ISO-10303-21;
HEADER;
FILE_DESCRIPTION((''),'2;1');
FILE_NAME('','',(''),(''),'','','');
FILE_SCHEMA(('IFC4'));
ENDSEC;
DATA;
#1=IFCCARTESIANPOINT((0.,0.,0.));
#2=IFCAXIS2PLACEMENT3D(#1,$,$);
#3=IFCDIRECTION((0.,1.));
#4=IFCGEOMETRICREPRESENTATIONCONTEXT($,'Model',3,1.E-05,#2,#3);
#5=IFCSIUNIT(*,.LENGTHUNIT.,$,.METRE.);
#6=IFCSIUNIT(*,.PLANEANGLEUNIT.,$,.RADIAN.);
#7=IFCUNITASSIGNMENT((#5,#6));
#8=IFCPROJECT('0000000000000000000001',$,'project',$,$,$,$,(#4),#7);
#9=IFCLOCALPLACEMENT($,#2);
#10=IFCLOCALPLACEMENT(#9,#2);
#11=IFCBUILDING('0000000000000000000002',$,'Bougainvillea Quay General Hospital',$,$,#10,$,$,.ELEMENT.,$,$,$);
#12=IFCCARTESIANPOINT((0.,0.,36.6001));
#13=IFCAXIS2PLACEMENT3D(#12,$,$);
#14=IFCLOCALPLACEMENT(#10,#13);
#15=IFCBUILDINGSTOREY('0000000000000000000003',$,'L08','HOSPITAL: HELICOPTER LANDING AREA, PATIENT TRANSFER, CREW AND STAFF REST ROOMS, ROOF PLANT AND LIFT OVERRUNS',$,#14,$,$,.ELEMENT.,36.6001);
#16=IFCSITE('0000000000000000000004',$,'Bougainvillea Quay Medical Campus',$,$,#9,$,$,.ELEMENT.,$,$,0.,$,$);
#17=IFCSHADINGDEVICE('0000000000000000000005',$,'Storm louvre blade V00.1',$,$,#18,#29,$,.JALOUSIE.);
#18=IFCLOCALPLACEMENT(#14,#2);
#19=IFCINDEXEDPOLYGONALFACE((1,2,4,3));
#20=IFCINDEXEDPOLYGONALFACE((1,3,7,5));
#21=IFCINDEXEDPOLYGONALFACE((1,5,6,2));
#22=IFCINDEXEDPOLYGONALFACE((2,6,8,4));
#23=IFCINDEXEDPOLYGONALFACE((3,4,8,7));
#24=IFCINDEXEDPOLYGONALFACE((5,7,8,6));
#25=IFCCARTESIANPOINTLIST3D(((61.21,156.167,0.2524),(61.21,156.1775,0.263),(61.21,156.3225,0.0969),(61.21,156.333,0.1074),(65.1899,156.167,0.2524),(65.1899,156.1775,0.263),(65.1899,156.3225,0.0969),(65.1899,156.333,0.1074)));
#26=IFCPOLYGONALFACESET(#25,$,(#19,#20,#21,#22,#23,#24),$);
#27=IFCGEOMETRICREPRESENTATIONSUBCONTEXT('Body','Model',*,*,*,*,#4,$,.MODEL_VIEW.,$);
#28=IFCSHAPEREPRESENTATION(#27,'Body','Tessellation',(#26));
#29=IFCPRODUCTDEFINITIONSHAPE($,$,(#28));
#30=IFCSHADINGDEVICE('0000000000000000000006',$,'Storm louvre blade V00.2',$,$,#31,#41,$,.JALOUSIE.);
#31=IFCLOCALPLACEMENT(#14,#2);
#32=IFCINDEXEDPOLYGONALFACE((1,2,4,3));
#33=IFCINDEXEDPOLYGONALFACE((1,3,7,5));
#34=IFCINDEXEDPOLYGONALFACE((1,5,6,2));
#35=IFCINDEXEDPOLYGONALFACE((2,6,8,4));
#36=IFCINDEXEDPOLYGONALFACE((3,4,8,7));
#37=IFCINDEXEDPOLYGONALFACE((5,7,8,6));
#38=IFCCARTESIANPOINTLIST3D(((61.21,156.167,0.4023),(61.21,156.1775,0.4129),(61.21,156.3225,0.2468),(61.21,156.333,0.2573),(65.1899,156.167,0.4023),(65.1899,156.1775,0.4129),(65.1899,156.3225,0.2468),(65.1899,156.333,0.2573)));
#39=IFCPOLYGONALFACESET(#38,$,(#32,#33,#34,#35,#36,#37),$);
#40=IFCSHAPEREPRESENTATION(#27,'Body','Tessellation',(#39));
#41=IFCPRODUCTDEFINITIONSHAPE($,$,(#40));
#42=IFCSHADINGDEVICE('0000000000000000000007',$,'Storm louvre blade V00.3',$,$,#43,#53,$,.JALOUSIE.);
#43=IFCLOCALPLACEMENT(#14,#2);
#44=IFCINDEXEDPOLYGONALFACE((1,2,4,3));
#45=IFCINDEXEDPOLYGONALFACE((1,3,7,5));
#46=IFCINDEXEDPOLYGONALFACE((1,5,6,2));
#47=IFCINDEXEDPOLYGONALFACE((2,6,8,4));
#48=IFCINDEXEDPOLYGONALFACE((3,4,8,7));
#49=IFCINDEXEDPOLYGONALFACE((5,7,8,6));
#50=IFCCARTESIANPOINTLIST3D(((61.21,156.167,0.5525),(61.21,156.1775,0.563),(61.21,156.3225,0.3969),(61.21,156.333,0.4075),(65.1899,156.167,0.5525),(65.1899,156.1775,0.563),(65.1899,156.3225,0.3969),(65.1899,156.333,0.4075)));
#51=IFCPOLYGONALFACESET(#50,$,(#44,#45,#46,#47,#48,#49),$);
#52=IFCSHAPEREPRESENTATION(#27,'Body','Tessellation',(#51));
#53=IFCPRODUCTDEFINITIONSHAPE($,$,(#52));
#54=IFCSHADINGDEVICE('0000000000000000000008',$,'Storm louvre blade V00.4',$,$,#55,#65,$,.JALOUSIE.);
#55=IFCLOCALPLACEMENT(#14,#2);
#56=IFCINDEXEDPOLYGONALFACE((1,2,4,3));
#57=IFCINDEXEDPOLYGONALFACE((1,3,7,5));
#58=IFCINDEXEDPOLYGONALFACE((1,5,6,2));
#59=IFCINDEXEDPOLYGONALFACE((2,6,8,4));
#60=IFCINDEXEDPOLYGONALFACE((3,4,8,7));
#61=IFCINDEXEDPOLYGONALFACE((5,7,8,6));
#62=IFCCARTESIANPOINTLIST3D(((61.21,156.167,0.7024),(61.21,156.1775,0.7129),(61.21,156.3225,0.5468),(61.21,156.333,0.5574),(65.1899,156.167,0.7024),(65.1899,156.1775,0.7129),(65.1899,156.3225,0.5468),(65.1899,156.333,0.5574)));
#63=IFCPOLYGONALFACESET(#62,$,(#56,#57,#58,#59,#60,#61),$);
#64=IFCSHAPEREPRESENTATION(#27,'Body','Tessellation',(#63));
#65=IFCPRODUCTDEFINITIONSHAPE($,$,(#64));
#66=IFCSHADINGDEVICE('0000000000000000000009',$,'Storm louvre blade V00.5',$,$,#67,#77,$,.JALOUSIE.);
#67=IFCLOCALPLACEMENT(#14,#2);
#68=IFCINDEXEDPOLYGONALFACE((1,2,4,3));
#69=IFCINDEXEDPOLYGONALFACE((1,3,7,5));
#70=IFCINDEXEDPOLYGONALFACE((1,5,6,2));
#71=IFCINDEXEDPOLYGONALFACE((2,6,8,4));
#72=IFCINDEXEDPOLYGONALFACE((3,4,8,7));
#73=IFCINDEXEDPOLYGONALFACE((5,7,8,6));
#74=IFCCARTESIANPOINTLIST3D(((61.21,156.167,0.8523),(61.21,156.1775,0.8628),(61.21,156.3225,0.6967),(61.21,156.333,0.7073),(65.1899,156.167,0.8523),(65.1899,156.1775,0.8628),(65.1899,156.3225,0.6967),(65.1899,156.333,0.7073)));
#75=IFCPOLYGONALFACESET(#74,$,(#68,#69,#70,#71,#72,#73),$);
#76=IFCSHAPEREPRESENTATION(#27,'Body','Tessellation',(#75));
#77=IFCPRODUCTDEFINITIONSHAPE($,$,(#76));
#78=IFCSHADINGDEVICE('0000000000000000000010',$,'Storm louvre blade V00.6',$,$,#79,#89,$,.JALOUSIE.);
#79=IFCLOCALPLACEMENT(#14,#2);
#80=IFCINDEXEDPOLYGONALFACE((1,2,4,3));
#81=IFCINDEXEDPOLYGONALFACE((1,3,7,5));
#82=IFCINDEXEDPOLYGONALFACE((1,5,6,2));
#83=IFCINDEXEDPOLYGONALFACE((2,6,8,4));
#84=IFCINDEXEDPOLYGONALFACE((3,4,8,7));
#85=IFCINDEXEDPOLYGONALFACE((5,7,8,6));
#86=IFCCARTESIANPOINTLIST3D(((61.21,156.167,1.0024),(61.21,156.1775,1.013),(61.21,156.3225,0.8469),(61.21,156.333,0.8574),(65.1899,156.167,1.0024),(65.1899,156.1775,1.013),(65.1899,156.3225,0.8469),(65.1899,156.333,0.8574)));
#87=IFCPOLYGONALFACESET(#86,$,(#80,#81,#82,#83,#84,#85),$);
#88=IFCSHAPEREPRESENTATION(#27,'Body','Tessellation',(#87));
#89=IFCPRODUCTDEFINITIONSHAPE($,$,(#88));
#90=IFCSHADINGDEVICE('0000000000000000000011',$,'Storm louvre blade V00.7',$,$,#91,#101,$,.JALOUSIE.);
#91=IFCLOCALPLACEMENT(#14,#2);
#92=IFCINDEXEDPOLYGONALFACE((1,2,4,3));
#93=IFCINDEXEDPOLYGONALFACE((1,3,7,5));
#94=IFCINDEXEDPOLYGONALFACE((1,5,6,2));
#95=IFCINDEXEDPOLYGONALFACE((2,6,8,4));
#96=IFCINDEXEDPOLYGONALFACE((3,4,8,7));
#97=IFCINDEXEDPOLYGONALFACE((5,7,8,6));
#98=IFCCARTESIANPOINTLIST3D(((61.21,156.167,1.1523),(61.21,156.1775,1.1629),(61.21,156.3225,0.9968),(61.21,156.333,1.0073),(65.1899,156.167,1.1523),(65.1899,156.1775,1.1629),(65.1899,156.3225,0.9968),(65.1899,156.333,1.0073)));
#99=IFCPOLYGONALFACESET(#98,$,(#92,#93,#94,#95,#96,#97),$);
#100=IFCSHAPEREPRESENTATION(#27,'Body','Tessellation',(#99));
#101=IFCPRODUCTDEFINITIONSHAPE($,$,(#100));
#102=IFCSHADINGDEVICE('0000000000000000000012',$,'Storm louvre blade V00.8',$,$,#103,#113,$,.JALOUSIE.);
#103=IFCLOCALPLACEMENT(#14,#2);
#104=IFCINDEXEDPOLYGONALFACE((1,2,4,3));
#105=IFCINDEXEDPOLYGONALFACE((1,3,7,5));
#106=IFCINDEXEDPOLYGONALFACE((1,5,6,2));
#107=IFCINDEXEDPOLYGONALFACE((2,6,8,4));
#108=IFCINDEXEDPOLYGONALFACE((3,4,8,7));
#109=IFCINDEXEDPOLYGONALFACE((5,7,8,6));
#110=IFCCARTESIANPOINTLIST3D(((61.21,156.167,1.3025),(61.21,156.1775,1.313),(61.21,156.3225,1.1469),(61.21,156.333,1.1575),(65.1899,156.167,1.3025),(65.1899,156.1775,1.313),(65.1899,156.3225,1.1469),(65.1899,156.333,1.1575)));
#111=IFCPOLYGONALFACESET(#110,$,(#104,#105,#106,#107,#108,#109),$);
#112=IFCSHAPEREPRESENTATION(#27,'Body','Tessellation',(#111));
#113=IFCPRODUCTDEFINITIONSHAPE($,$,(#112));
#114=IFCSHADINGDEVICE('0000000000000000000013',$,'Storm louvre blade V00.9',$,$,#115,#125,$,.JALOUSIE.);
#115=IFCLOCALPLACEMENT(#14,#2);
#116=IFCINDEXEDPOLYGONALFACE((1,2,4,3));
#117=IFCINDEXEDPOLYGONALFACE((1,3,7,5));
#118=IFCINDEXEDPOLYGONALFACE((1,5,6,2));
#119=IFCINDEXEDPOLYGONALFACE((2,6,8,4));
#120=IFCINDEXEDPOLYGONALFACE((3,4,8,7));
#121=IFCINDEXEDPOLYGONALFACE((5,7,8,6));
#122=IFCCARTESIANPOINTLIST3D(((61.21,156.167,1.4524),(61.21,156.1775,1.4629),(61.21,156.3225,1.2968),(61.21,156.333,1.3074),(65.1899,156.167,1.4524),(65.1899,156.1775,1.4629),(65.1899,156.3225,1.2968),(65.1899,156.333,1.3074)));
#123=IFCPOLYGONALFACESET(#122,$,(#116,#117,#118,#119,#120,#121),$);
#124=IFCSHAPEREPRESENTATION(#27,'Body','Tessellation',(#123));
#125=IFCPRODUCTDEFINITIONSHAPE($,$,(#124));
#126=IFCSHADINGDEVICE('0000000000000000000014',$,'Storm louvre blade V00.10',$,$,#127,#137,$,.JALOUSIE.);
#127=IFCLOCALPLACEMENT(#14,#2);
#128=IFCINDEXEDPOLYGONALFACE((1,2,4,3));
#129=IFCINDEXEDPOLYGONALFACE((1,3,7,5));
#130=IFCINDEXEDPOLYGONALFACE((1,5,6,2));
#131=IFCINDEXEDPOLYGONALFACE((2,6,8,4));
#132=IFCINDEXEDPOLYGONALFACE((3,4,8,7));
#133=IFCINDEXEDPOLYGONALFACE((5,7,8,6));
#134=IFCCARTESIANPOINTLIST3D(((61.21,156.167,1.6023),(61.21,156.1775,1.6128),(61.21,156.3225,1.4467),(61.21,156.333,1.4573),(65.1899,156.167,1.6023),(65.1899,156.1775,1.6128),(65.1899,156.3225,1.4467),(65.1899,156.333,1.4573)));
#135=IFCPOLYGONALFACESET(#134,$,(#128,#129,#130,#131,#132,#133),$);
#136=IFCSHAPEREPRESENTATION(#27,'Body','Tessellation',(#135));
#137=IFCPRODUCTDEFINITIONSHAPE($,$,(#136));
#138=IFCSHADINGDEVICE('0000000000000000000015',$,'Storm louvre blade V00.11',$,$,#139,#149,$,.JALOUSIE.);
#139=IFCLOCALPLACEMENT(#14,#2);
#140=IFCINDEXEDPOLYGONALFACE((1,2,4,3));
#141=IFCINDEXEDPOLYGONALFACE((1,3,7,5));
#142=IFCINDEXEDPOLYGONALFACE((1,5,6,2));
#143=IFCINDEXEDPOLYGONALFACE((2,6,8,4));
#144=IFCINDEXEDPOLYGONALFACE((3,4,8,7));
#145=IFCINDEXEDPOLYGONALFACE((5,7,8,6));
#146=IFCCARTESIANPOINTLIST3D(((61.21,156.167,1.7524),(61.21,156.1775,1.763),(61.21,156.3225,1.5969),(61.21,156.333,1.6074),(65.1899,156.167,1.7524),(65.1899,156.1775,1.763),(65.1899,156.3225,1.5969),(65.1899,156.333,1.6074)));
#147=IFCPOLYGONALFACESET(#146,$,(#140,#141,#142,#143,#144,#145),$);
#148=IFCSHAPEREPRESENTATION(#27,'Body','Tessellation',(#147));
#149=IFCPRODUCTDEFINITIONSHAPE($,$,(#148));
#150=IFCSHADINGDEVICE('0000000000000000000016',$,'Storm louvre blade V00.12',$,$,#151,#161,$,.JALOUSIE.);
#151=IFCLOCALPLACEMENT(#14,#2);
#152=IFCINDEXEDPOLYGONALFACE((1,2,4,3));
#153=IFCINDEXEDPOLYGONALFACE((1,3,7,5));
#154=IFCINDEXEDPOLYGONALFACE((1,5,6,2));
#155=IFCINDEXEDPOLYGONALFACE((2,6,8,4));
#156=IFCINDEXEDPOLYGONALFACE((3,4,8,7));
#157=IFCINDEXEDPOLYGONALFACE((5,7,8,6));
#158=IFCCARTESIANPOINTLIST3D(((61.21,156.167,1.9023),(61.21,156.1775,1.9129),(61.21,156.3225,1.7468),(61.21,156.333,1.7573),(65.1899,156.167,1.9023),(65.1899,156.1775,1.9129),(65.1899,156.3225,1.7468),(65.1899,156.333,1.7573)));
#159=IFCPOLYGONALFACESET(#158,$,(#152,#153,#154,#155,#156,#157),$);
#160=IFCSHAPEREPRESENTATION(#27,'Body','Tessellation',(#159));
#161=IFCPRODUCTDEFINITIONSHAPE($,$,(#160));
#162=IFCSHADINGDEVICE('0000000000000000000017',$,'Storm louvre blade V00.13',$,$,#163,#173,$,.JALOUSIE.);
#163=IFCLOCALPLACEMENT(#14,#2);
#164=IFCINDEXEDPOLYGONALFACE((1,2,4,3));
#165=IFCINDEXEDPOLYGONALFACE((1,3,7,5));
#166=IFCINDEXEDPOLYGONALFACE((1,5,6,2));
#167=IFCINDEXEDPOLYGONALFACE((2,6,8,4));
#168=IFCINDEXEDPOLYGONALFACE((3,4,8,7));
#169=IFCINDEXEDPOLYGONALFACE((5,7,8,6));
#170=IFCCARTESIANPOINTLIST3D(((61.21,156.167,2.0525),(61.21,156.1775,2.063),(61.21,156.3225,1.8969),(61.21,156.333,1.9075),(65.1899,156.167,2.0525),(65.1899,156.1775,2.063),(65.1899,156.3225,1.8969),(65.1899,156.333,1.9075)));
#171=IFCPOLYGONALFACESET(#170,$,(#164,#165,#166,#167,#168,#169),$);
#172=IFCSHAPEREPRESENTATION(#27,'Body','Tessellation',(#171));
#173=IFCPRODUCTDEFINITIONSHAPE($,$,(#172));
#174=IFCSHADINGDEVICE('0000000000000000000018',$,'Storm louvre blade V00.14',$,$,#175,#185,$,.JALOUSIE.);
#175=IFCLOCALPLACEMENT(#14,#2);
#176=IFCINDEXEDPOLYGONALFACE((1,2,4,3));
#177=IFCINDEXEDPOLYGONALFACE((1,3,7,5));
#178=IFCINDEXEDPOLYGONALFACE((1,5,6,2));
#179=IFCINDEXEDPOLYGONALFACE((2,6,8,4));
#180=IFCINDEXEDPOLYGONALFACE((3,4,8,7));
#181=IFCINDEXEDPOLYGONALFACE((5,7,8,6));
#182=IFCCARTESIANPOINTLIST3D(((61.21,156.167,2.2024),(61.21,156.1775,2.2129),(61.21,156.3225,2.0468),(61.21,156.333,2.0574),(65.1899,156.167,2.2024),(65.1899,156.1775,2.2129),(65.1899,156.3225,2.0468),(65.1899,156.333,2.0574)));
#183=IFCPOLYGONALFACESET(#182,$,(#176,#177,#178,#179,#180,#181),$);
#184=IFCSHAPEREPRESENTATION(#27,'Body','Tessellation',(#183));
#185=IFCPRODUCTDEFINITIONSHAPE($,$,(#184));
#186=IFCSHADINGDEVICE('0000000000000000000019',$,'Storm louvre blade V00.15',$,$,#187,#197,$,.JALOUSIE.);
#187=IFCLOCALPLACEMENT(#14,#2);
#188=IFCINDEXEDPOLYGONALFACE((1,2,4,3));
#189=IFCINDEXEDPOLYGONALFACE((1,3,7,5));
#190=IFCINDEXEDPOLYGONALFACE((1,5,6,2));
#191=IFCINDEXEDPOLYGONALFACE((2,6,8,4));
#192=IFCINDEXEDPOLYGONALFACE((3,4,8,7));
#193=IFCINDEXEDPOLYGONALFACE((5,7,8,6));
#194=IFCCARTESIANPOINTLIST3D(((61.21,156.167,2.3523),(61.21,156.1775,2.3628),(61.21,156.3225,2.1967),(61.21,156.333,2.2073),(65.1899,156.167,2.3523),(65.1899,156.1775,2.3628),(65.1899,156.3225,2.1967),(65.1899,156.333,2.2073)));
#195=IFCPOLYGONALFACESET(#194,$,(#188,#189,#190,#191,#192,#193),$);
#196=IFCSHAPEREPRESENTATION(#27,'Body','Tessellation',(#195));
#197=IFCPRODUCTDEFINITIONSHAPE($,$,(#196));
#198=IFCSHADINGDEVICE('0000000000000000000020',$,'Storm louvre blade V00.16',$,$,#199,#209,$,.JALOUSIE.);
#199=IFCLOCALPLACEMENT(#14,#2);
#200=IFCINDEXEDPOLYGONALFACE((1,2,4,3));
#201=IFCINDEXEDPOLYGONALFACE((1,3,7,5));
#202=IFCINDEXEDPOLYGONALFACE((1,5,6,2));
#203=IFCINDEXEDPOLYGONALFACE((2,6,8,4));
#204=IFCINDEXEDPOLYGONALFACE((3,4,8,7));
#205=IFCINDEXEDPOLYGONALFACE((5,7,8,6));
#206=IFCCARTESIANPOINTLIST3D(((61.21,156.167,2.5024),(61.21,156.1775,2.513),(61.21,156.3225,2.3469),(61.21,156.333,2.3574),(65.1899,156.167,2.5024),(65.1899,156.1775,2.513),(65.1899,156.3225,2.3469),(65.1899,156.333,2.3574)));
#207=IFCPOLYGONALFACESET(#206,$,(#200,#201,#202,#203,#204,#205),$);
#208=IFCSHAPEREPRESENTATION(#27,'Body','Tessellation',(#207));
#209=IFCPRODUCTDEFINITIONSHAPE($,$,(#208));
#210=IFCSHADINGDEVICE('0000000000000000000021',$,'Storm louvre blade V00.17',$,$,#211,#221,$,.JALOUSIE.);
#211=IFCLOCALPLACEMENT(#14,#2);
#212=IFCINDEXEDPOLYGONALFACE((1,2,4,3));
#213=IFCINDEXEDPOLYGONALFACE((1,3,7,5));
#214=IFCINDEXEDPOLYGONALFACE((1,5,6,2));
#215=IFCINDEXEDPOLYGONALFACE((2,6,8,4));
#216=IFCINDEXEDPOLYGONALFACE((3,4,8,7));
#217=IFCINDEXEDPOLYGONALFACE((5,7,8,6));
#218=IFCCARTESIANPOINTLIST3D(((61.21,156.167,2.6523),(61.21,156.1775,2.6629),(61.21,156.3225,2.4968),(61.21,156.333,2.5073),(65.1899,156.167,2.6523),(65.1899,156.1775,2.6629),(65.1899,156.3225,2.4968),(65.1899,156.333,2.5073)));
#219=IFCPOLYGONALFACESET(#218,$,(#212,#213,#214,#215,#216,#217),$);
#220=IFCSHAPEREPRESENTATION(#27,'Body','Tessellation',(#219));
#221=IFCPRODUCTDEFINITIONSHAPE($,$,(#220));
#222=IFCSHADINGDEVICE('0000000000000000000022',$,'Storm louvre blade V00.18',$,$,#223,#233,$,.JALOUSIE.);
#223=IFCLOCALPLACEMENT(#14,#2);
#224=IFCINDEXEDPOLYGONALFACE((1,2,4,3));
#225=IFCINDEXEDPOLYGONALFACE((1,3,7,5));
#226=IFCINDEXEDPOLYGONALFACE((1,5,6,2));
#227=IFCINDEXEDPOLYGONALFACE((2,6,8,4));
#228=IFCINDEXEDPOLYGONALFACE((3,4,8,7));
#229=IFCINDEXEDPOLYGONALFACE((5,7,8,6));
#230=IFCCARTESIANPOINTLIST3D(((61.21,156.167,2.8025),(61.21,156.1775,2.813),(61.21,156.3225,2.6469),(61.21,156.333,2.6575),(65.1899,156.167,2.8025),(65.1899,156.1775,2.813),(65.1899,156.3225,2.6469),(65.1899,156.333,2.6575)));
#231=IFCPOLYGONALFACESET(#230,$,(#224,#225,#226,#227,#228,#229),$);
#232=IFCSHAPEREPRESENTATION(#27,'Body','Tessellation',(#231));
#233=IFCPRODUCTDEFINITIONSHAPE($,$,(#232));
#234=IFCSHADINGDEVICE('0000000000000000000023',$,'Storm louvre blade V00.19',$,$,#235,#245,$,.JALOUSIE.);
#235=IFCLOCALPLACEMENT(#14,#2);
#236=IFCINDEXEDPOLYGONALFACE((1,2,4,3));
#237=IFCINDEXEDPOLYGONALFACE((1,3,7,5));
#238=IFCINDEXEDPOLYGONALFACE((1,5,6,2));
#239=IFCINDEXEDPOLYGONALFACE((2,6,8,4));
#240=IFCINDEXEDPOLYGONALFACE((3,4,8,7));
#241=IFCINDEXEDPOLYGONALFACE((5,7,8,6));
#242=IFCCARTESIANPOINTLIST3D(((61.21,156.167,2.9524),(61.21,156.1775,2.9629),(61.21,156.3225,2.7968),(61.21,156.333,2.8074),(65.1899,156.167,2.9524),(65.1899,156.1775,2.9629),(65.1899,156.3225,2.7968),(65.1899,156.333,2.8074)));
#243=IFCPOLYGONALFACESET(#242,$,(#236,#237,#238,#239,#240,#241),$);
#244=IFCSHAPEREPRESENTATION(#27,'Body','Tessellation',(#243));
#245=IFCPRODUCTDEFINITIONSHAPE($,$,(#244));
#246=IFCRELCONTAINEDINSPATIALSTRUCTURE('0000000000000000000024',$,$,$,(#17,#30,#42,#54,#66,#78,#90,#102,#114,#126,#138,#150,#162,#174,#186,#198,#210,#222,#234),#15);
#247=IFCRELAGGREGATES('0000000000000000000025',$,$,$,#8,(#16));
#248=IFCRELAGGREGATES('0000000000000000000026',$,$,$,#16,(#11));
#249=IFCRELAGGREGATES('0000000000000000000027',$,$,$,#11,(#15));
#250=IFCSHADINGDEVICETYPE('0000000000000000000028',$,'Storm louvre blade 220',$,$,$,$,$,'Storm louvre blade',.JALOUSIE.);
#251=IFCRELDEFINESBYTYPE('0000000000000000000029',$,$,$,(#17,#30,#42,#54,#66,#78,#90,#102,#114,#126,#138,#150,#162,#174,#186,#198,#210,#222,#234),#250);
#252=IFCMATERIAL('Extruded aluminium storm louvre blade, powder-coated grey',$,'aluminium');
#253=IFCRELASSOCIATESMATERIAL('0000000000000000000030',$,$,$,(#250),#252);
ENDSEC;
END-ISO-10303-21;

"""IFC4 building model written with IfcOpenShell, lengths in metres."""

from ifc_helpers import new_model, si_unit, direction, frame, origin, origin_2d, place, context, subcontext, project, spatial, rectangle, extrude, material, material_profile, profile_set, type_object, element, save


model = new_model("IFC4")

# Units and contexts
model_context = context("Model", 3, precision=1e-05, world=origin(), true_north=direction((0.0, 1.0)))
body_context = subcontext(model_context, "Body", "Model", "MODEL_VIEW")
ifc_project = project(units=[si_unit("LENGTHUNIT", "METRE"), si_unit("PLANEANGLEUNIT", "RADIAN")], contexts=[model_context])

# Site, building, storey
site_placement = place(None, origin())
site = spatial("IfcSite", under=ifc_project, at=site_placement, Name="Bougainvillea Quay Medical Campus", CompositionType="ELEMENT", RefElevation=0.0)
building_placement = place(site_placement, origin())
building = spatial("IfcBuilding", under=site, at=building_placement, Name="Bougainvillea Quay General Hospital", CompositionType="ELEMENT")
storey_placement = place(building_placement, frame((0.0, 0.0, 36.6001)))
storey = spatial("IfcBuildingStorey", under=building, at=storey_placement, Name="L08", Description="HOSPITAL: HELICOPTER LANDING AREA, PATIENT TRANSFER, CREW AND STAFF REST ROOMS, ROOF PLANT AND LIFT OVERRUNS", CompositionType="ELEMENT", Elevation=36.6001)

# Shading devices
ifc_material_1 = material(Name="Extruded aluminium storm louvre blade, powder-coated grey", Category="aluminium")
ifc_material_profile_1 = material_profile(ifc_material_1, rectangle(XDim=0.22, YDim=0.0149, at=origin_2d()))
ifc_profile_set_1 = profile_set([ifc_material_profile_1], Name="Extruded aluminium storm louvre blade, powder-coated grey")
shading_device_type_1 = type_object("IfcShadingDeviceType", Name="Storm louvre blade 220", ElementType="Storm louvre blade", PredefinedType="JALOUSIE", material=ifc_profile_set_1)
for number, where, z_axis, x_axis, name in (
    (1, (65.1899, 156.25, 0.1799), (-1.0, 0.0, 0.0), (0.0, -0.707107, 0.707107), "Storm louvre blade V00.1"),
    (2, (65.1899, 156.25, 0.3298), (-1.0, 0.0, 0.0), (0.0, -0.707107, 0.707107), "Storm louvre blade V00.2"),
    (3, (65.1899, 156.25, 0.48), (-1.0, 0.0, 0.0), (0.0, -0.707107, 0.707107), "Storm louvre blade V00.3"),
    (4, (65.1899, 156.25, 0.6299), (-1.0, 0.0, 0.0), (0.0, -0.707107, 0.707107), "Storm louvre blade V00.4"),
    (5, (65.1899, 156.25, 0.7798), (-1.0, 0.0, 0.0), (0.0, -0.707107, 0.707107), "Storm louvre blade V00.5"),
    (6, (65.1899, 156.25, 0.9299), (-1.0, 0.0, 0.0), (0.0, -0.707107, 0.707107), "Storm louvre blade V00.6"),
    (7, (65.1899, 156.25, 1.0798), (-1.0, 0.0, 0.0), (0.0, -0.707107, 0.707107), "Storm louvre blade V00.7"),
    (8, (65.1899, 156.25, 1.23), (-1.0, 0.0, 0.0), (0.0, -0.707107, 0.707107), "Storm louvre blade V00.8"),
    (9, (65.1899, 156.25, 1.3799), (-1.0, 0.0, 0.0), (0.0, -0.707107, 0.707107), "Storm louvre blade V00.9"),
    (10, (65.1899, 156.25, 1.5298), (-1.0, 0.0, 0.0), (0.0, -0.707107, 0.707107), "Storm louvre blade V00.10"),
    (11, (65.1899, 156.25, 1.6799), (-1.0, 0.0, 0.0), (0.0, -0.707107, 0.707107), "Storm louvre blade V00.11"),
    (12, (65.1899, 156.25, 1.8298), (-1.0, 0.0, 0.0), (0.0, -0.707107, 0.707107), "Storm louvre blade V00.12"),
    (13, (65.1899, 156.25, 1.98), (-1.0, 0.0, 0.0), (0.0, -0.707107, 0.707107), "Storm louvre blade V00.13"),
    (14, (65.1899, 156.25, 2.1299), (-1.0, 0.0, 0.0), (0.0, -0.707107, 0.707107), "Storm louvre blade V00.14"),
    (15, (65.1899, 156.25, 2.2798), (-1.0, 0.0, 0.0), (0.0, -0.707107, 0.707107), "Storm louvre blade V00.15"),
    (16, (65.1899, 156.25, 2.4299), (-1.0, 0.0, 0.0), (0.0, -0.707107, 0.707107), "Storm louvre blade V00.16"),
    (17, (65.1899, 156.25, 2.5798), (-1.0, 0.0, 0.0), (0.0, -0.707107, 0.707107), "Storm louvre blade V00.17"),
    (18, (65.1899, 156.25, 2.73), (-1.0, 0.0, 0.0), (0.0, -0.707107, 0.707107), "Storm louvre blade V00.18"),
    (19, (65.1899, 156.25, 2.8799), (-1.0, 0.0, 0.0), (0.0, -0.707107, 0.707107), "Storm louvre blade V00.19"),
):
    element("IfcShadingDevice", number, at=place(storey_placement, frame(where, z_axis=z_axis, x_axis=x_axis)), inside=storey, type_object=shading_device_type_1, Name=name, PredefinedType="JALOUSIE", context=body_context, shape_type="SweptSolid", body=[
        extrude(rectangle(XDim=0.22, YDim=0.0149, at=origin_2d()), origin(), (0.0, 0.0, 1.0), 3.98),
    ])

save(model, "model.ifc")
